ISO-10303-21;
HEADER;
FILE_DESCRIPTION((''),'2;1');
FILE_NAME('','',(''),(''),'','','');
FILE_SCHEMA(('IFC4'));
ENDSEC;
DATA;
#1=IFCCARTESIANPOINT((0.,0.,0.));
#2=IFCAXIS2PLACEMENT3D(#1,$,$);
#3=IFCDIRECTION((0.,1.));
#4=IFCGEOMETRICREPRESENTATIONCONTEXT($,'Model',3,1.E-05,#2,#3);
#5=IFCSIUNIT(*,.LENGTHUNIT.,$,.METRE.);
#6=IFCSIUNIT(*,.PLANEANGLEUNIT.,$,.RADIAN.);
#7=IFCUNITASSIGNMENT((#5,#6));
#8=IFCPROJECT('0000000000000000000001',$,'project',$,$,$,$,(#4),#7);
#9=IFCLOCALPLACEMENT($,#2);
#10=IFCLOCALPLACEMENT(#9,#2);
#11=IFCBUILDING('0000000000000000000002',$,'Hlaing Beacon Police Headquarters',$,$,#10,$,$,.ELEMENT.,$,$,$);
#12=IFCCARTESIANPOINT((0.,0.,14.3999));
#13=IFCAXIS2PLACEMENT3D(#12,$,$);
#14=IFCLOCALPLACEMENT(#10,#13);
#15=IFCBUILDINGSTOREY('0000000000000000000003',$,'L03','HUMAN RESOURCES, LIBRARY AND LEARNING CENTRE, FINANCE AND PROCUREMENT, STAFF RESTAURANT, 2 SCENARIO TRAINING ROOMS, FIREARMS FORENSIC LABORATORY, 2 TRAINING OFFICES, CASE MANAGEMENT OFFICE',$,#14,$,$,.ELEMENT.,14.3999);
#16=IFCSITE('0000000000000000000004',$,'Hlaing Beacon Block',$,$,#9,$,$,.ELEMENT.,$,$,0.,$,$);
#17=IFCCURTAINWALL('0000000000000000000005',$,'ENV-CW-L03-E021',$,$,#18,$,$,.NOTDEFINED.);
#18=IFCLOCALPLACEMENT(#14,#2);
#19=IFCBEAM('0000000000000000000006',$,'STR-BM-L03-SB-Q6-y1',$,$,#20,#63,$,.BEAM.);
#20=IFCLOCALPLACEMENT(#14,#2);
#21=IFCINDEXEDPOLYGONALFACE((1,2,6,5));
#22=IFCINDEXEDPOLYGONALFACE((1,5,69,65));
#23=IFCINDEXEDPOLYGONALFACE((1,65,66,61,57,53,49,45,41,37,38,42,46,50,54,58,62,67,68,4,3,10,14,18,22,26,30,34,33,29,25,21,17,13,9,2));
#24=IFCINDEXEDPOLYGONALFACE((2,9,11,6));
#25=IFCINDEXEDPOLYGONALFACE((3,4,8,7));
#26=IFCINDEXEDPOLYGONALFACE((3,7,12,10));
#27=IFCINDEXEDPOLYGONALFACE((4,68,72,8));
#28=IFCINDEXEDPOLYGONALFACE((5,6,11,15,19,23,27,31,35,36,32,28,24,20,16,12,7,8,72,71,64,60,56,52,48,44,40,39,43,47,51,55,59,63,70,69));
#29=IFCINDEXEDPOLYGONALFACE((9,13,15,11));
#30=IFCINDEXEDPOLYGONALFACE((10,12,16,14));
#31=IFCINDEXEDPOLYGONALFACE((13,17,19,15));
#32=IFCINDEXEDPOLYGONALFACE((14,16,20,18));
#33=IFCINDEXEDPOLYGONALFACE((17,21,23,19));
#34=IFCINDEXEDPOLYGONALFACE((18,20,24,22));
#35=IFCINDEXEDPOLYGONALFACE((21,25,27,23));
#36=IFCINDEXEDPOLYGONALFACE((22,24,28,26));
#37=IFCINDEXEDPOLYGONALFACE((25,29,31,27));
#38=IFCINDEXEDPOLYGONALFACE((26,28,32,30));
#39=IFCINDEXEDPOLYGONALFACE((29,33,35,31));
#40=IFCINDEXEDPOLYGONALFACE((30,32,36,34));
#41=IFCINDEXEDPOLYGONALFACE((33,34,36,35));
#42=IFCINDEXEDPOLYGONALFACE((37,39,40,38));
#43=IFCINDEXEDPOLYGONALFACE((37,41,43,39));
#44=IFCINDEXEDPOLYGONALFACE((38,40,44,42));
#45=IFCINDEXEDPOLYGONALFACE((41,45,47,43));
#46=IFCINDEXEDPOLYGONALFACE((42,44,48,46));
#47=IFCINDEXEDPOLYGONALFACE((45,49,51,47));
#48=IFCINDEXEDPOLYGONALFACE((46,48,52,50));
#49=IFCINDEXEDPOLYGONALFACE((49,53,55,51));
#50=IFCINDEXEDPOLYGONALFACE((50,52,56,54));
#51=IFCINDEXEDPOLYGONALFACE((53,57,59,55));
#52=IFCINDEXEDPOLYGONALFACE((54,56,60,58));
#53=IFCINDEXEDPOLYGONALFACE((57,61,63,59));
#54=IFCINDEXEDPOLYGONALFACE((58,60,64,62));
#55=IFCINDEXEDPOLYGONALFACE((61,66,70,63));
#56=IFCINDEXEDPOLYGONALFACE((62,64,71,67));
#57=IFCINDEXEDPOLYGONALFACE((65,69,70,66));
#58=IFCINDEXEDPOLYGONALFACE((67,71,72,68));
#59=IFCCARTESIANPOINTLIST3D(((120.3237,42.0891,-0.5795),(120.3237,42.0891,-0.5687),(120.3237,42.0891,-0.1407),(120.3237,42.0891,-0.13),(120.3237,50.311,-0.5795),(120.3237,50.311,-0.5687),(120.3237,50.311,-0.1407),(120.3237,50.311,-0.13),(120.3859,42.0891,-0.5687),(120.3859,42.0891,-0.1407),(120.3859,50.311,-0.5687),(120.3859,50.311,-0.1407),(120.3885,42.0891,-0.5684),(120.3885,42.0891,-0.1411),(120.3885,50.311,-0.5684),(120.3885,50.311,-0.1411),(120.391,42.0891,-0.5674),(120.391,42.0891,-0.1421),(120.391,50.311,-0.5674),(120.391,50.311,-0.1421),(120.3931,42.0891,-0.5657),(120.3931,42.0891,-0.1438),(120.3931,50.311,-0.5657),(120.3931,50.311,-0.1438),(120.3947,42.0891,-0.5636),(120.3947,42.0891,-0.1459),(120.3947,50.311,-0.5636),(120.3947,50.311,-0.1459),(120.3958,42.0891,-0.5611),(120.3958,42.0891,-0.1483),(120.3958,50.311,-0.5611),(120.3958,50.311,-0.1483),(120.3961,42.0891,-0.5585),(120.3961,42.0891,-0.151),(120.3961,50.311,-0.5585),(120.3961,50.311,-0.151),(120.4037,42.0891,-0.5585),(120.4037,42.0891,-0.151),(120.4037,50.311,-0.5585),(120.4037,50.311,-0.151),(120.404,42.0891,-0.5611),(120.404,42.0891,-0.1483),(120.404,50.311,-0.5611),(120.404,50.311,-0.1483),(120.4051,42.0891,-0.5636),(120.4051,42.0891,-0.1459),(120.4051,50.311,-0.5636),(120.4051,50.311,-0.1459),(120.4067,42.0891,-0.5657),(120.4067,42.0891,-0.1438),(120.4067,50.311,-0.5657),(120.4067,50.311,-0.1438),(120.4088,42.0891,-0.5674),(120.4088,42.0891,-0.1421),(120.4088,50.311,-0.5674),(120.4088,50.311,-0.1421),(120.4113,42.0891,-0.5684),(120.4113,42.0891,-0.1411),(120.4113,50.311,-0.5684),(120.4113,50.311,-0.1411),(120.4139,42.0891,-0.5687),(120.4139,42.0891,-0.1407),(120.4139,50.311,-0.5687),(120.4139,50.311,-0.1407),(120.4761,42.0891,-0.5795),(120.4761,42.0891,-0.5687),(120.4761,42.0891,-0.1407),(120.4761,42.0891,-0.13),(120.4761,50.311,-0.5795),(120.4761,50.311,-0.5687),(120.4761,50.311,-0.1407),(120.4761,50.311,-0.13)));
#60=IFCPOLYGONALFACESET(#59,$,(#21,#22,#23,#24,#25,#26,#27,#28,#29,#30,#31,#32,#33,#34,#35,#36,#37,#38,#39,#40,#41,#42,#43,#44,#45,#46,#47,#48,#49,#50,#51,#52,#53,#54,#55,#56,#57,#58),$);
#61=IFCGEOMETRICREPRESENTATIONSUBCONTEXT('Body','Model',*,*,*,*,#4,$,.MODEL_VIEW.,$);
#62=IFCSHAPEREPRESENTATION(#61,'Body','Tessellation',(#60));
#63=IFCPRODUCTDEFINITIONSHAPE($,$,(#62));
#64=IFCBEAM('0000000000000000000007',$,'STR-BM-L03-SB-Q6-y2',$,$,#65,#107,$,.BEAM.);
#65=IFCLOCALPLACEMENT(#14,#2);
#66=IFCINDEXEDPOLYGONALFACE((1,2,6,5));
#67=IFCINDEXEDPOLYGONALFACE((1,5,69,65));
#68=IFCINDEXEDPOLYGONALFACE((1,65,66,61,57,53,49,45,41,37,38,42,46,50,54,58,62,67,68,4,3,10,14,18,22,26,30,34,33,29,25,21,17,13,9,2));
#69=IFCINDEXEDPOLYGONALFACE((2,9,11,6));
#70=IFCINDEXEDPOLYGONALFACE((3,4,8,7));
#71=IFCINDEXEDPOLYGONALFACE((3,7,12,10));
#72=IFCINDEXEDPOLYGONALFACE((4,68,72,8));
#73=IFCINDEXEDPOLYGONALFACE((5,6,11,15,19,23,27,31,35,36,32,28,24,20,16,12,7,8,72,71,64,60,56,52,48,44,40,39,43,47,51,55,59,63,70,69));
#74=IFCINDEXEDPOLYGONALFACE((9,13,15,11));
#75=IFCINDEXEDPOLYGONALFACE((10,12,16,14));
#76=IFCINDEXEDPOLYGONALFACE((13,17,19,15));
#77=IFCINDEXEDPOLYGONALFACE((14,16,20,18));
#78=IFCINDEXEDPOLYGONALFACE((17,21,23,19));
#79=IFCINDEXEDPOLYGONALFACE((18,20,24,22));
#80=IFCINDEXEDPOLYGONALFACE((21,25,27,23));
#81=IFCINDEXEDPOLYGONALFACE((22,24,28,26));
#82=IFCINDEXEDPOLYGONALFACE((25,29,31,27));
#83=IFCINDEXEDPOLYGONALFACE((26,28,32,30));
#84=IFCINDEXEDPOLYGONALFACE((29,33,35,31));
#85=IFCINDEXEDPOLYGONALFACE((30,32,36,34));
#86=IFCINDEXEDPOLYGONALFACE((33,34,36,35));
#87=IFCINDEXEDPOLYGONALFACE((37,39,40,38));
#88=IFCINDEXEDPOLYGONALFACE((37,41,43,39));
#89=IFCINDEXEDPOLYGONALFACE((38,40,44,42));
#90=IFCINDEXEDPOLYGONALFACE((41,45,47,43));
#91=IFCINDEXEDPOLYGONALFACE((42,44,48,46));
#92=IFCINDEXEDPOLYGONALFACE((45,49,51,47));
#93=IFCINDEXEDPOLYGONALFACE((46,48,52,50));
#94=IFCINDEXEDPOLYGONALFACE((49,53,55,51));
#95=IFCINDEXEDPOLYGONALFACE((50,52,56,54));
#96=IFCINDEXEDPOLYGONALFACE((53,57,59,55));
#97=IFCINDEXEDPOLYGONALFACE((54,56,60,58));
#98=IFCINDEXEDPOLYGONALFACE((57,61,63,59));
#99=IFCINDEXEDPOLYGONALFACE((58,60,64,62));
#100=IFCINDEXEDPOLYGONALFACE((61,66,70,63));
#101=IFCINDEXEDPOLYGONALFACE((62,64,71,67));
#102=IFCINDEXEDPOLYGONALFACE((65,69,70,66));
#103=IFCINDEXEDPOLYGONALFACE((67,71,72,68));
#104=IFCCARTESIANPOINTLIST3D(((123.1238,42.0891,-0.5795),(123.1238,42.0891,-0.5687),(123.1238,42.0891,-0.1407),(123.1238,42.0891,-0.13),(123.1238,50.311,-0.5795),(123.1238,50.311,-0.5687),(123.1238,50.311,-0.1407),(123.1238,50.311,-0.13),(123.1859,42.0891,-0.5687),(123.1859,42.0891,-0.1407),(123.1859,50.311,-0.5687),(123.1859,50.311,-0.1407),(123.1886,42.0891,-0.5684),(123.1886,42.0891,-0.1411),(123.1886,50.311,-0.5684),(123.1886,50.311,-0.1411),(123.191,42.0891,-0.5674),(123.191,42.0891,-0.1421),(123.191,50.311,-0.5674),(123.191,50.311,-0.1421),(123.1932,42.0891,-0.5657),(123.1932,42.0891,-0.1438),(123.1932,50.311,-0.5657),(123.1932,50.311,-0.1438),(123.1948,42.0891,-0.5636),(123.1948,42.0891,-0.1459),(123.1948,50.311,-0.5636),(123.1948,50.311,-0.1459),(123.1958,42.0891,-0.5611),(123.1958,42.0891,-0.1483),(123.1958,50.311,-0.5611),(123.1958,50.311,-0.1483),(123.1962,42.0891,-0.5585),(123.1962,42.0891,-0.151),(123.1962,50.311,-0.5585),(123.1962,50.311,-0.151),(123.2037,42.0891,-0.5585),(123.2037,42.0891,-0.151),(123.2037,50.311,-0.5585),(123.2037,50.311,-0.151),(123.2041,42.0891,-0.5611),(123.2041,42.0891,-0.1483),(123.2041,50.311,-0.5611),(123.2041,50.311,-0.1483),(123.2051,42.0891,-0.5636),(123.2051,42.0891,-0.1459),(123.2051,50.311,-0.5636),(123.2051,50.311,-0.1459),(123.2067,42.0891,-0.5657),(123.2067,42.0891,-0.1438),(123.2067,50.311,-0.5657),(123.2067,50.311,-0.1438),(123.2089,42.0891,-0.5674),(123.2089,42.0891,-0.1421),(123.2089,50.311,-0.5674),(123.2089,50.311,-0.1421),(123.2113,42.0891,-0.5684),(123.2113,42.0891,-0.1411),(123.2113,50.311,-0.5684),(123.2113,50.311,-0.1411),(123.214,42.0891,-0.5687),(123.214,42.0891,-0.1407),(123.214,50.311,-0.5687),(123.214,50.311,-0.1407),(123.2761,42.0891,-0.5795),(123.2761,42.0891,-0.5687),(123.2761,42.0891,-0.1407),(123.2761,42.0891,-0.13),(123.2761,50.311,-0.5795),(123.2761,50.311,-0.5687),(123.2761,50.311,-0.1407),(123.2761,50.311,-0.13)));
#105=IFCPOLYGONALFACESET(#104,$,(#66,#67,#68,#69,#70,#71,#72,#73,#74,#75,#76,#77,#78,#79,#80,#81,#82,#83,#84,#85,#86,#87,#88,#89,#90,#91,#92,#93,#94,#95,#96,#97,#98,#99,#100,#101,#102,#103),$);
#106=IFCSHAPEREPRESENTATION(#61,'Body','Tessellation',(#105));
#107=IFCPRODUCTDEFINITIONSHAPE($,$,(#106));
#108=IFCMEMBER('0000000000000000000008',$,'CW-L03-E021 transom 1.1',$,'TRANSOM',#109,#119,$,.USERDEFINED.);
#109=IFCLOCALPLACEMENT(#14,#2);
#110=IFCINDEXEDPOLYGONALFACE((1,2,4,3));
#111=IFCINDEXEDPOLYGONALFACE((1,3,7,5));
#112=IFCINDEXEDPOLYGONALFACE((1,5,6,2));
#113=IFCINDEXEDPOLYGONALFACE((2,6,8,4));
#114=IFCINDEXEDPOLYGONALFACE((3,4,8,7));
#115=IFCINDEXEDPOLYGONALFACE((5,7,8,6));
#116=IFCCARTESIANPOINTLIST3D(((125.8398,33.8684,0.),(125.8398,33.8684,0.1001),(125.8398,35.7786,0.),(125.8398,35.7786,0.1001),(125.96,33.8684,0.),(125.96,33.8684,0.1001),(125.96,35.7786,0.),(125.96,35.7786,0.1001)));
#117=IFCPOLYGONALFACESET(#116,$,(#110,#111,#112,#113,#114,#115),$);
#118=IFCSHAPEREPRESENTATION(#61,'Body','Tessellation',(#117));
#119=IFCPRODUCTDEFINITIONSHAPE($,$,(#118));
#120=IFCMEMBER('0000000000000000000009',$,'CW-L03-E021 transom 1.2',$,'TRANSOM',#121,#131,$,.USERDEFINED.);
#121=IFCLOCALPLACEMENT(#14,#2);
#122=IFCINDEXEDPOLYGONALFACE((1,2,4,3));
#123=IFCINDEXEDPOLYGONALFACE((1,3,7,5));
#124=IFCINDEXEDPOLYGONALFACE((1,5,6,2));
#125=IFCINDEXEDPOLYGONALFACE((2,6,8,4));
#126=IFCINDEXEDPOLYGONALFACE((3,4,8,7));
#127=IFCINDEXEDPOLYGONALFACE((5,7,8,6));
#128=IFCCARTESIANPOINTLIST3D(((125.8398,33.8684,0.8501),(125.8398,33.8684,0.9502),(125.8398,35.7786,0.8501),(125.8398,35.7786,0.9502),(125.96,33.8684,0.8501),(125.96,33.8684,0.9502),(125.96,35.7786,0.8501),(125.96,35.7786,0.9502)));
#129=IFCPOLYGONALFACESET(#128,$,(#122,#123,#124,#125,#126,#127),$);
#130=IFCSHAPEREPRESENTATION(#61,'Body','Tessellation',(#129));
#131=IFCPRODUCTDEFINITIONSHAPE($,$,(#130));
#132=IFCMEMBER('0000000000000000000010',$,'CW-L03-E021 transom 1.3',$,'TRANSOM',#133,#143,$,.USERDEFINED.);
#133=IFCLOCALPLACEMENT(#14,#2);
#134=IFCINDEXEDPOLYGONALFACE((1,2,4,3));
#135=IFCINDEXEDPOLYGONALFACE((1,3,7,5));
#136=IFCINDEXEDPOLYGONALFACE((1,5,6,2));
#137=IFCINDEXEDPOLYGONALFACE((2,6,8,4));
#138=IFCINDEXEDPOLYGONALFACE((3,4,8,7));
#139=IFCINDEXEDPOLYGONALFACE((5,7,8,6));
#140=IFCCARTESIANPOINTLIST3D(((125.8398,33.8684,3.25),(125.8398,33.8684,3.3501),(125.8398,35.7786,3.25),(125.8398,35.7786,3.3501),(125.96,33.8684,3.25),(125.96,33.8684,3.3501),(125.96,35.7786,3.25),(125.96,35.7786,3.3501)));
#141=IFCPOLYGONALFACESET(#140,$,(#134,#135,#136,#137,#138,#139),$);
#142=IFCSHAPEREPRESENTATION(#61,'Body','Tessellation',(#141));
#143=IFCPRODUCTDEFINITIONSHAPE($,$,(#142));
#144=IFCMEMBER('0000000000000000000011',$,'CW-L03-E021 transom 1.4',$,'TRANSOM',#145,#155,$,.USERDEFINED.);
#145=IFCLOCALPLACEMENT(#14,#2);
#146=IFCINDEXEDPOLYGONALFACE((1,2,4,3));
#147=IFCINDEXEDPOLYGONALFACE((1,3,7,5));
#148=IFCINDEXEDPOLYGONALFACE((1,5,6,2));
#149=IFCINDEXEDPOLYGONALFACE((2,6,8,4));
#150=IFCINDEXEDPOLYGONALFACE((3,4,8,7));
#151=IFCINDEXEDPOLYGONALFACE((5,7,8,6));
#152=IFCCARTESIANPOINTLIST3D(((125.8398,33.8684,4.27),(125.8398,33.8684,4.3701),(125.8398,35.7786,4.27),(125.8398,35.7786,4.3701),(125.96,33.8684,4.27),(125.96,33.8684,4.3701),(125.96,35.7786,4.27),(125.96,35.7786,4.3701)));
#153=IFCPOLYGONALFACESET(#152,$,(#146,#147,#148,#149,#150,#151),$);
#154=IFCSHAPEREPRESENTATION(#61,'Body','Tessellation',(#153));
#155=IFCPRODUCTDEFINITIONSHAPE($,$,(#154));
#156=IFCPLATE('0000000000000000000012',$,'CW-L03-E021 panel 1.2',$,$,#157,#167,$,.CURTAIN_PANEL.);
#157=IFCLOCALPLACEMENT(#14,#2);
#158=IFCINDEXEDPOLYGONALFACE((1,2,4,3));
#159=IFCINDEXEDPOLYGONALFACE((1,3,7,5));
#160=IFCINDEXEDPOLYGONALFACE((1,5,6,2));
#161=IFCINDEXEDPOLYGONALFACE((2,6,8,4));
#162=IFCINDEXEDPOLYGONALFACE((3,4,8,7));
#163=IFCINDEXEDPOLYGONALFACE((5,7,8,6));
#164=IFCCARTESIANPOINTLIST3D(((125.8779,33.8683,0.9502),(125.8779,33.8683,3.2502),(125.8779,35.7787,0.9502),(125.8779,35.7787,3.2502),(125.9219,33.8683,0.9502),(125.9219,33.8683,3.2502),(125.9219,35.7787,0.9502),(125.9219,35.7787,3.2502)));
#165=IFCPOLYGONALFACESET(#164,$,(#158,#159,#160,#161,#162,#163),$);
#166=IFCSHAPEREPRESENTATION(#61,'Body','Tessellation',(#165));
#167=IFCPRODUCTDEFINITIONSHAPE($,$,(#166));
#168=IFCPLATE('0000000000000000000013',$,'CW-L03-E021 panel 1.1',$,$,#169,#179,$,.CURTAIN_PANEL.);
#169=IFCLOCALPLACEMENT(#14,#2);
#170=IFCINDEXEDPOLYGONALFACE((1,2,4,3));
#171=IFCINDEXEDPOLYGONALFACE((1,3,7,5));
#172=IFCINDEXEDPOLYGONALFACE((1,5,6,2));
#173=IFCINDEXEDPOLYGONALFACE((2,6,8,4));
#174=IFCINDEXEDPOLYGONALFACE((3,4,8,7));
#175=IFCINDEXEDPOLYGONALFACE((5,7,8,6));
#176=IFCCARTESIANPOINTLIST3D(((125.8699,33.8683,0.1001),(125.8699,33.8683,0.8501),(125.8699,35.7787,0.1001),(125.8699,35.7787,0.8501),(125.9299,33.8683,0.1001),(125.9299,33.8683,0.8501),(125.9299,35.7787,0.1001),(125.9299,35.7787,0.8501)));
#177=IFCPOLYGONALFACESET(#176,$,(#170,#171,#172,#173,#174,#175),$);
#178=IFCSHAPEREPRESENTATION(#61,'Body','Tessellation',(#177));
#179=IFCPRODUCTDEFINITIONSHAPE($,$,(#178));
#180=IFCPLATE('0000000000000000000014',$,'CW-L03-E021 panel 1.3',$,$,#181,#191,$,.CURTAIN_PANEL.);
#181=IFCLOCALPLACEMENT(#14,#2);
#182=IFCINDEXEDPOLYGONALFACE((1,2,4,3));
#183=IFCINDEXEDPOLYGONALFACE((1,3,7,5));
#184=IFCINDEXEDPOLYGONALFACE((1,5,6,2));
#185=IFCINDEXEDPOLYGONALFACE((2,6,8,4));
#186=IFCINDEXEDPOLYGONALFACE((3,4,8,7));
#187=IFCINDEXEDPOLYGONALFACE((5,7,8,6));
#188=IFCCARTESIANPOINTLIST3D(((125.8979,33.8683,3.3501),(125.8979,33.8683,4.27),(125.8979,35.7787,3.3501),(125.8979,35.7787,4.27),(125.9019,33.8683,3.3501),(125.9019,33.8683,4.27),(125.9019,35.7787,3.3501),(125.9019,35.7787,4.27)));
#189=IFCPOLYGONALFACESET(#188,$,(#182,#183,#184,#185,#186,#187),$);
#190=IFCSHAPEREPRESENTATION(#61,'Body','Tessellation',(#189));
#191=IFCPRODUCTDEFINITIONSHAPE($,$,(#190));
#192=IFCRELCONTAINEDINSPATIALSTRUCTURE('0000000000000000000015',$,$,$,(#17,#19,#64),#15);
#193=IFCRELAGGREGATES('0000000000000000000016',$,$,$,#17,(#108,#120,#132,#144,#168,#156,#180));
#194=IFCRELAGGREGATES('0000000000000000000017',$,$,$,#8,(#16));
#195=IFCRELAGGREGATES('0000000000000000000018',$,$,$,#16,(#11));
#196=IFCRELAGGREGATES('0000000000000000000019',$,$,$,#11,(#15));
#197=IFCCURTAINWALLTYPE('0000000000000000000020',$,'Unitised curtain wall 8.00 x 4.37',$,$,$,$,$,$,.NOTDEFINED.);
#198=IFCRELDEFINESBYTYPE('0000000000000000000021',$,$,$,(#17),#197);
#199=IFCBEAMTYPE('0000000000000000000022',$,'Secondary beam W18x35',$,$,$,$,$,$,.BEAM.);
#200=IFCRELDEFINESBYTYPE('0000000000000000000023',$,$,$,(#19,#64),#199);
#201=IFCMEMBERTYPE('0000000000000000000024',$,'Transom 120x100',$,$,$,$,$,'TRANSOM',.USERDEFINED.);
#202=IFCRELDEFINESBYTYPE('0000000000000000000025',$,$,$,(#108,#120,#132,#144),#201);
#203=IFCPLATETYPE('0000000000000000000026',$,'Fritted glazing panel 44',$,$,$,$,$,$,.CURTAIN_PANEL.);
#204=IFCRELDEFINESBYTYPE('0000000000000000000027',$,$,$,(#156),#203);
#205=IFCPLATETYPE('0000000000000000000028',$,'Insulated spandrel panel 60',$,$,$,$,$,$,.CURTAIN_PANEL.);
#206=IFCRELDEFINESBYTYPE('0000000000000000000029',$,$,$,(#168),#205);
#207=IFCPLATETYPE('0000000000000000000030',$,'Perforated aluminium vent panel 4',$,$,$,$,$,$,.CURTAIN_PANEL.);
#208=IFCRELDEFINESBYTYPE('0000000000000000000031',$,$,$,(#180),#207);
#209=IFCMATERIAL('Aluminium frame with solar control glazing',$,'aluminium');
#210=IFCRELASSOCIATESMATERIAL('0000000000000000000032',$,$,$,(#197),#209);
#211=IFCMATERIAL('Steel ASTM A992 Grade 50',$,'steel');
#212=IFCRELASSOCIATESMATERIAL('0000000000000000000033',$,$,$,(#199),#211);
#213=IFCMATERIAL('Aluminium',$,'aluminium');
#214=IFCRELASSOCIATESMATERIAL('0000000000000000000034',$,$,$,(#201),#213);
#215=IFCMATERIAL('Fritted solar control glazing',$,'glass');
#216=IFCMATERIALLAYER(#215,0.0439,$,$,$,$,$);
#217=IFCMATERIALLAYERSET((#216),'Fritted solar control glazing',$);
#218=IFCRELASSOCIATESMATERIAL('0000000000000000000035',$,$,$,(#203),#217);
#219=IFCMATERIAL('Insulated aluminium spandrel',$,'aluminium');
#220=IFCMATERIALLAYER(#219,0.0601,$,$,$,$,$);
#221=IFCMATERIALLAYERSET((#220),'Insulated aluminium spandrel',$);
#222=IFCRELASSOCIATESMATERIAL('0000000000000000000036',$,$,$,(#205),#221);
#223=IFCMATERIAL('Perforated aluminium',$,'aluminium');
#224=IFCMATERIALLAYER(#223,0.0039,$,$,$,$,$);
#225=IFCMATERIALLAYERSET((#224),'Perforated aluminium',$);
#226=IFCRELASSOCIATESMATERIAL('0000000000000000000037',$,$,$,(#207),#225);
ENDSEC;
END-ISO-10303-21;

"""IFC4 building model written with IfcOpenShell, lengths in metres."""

from ifc_helpers import new_model, si_unit, direction, frame, origin, origin_2d, place, context, subcontext, project, spatial, rectangle, i_section, extrude, material, layer, layer_set, material_profile, profile_set, type_object, element, aggregate, save


model = new_model("IFC4")

# Units and contexts
model_context = context("Model", 3, precision=1e-05, world=origin(), true_north=direction((0.0, 1.0)))
body_context = subcontext(model_context, "Body", "Model", "MODEL_VIEW")
ifc_project = project(units=[si_unit("LENGTHUNIT", "METRE"), si_unit("PLANEANGLEUNIT", "RADIAN")], contexts=[model_context])

# Site, building, storey
site_placement = place(None, origin())
site = spatial("IfcSite", under=ifc_project, at=site_placement, Name="Hlaing Beacon Block", CompositionType="ELEMENT", RefElevation=0.0)
building_placement = place(site_placement, origin())
building = spatial("IfcBuilding", under=site, at=building_placement, Name="Hlaing Beacon Police Headquarters", CompositionType="ELEMENT")
storey_placement = place(building_placement, frame((0.0, 0.0, 14.3999)))
storey = spatial("IfcBuildingStorey", under=building, at=storey_placement, Name="L03", Description="HUMAN RESOURCES, LIBRARY AND LEARNING CENTRE, FINANCE AND PROCUREMENT, STAFF RESTAURANT, 2 SCENARIO TRAINING ROOMS, FIREARMS FORENSIC LABORATORY, 2 TRAINING OFFICES, CASE MANAGEMENT OFFICE", CompositionType="ELEMENT", Elevation=14.3999)

# Curtain wall
ifc_material_1 = material(Name="Aluminium frame with solar control glazing", Category="aluminium")
curtain_wall_type = type_object("IfcCurtainWallType", Name="Unitised curtain wall 8.00 x 4.37", PredefinedType="NOTDEFINED", material=ifc_material_1)
curtain_wall_placement = place(storey_placement, origin())
curtain_wall = element("IfcCurtainWall", 1, at=curtain_wall_placement, inside=storey, type_object=curtain_wall_type, Name="ENV-CW-L03-E021", PredefinedType="NOTDEFINED")

# Beams
ifc_material_2 = material(Name="Steel ASTM A992 Grade 50", Category="steel")
ifc_material_profile_1 = material_profile(ifc_material_2, i_section(OverallWidth=0.1523, OverallDepth=0.4495, WebThickness=0.0076, FlangeThickness=0.0107, FilletRadius=0.0103, at=origin_2d()), Name="W18x35")
ifc_profile_set_1 = profile_set([ifc_material_profile_1], Name="Steel ASTM A992 Grade 50")
beam_type_1 = type_object("IfcBeamType", Name="Secondary beam W18x35", PredefinedType="BEAM", material=ifc_profile_set_1)
for number, where, z_axis, x_axis, name in (
    (2, (120.3999, 42.0891, -0.3547), (0.0, 1.0, 0.0), (-1.0, 0.0, 0.0), "STR-BM-L03-SB-Q6-y1"),
    (3, (123.2, 42.0891, -0.3547), (0.0, 1.0, 0.0), (-1.0, 0.0, 0.0), "STR-BM-L03-SB-Q6-y2"),
):
    element("IfcBeam", number, at=place(storey_placement, frame(where, z_axis=z_axis, x_axis=x_axis)), inside=storey, type_object=beam_type_1, Name=name, PredefinedType="BEAM", context=body_context, shape_type="SweptSolid", body=[
        extrude(i_section(OverallWidth=0.1523, OverallDepth=0.4495, WebThickness=0.0076, FlangeThickness=0.0107, FilletRadius=0.0103, at=origin_2d()), origin(), (0.0, 0.0, 1.0), 8.2219),
    ])

# Members
ifc_material_3 = material(Name="Aluminium", Category="aluminium")
ifc_material_profile_2 = material_profile(ifc_material_3, rectangle(XDim=0.1201, YDim=0.1001, at=origin_2d()), Name="Transom 120x100")
ifc_profile_set_2 = profile_set([ifc_material_profile_2], Name="Aluminium")
member_type_1 = type_object("IfcMemberType", Name="Transom 120x100", ElementType="TRANSOM", PredefinedType="USERDEFINED", material=ifc_profile_set_2)
member_1_placement = place(storey_placement, frame((125.8999, 33.8684, 0.05), z_axis=(0.0, 1.0, 0.0), x_axis=(-1.0, 0.0, 0.0)))
member_1 = element("IfcMember", 4, at=member_1_placement, type_object=member_type_1, Name="CW-L03-E021 transom 1.1", ObjectType="TRANSOM", PredefinedType="USERDEFINED", context=body_context, shape_type="SweptSolid", body=[
    extrude(rectangle(XDim=0.1201, YDim=0.1001, at=origin_2d()), origin(), (0.0, 0.0, 1.0), 1.9102),
])
member_2_placement = place(storey_placement, frame((125.8999, 33.8684, 0.9001), z_axis=(0.0, 1.0, 0.0), x_axis=(-1.0, 0.0, 0.0)))
member_2 = element("IfcMember", 5, at=member_2_placement, type_object=member_type_1, Name="CW-L03-E021 transom 1.2", ObjectType="TRANSOM", PredefinedType="USERDEFINED", context=body_context, shape_type="SweptSolid", body=[
    extrude(rectangle(XDim=0.1201, YDim=0.1001, at=origin_2d()), origin(), (0.0, 0.0, 1.0), 1.9102),
])
member_3_placement = place(storey_placement, frame((125.8999, 33.8684, 3.3), z_axis=(0.0, 1.0, 0.0), x_axis=(-1.0, 0.0, 0.0)))
member_3 = element("IfcMember", 6, at=member_3_placement, type_object=member_type_1, Name="CW-L03-E021 transom 1.3", ObjectType="TRANSOM", PredefinedType="USERDEFINED", context=body_context, shape_type="SweptSolid", body=[
    extrude(rectangle(XDim=0.1201, YDim=0.1001, at=origin_2d()), origin(), (0.0, 0.0, 1.0), 1.9102),
])
member_4_placement = place(storey_placement, frame((125.8999, 33.8684, 4.3201), z_axis=(0.0, 1.0, 0.0), x_axis=(-1.0, 0.0, 0.0)))
member_4 = element("IfcMember", 7, at=member_4_placement, type_object=member_type_1, Name="CW-L03-E021 transom 1.4", ObjectType="TRANSOM", PredefinedType="USERDEFINED", context=body_context, shape_type="SweptSolid", body=[
    extrude(rectangle(XDim=0.1201, YDim=0.1001, at=origin_2d()), origin(), (0.0, 0.0, 1.0), 1.9102),
])

# Plates
ifc_material_4 = material(Name="Fritted solar control glazing", Category="glass")
ifc_layer_1 = layer(ifc_material_4, 0.0439)
ifc_layer_set_1 = layer_set([ifc_layer_1], Name="Fritted solar control glazing")
plate_type_1 = type_object("IfcPlateType", Name="Fritted glazing panel 44", PredefinedType="CURTAIN_PANEL", material=ifc_layer_set_1)
plate_1_placement = place(storey_placement, frame((125.8999, 34.8235, 0.9502), z_axis=(0.0, 0.0, 1.0), x_axis=(0.0, 1.0, 0.0)))
plate_1 = element("IfcPlate", 8, at=plate_1_placement, type_object=plate_type_1, Name="CW-L03-E021 panel 1.2", PredefinedType="CURTAIN_PANEL", context=body_context, shape_type="SweptSolid", body=[
    extrude(rectangle(XDim=1.9104, YDim=0.0439, at=origin_2d()), origin(), (0.0, 0.0, 1.0), 2.3),
])
ifc_material_5 = material(Name="Insulated aluminium spandrel", Category="aluminium")
ifc_layer_2 = layer(ifc_material_5, 0.0601)
ifc_layer_set_2 = layer_set([ifc_layer_2], Name="Insulated aluminium spandrel")
plate_type_2 = type_object("IfcPlateType", Name="Insulated spandrel panel 60", PredefinedType="CURTAIN_PANEL", material=ifc_layer_set_2)
plate_2_placement = place(storey_placement, frame((125.8999, 34.8235, 0.1001), z_axis=(0.0, 0.0, 1.0), x_axis=(0.0, 1.0, 0.0)))
plate_2 = element("IfcPlate", 9, at=plate_2_placement, type_object=plate_type_2, Name="CW-L03-E021 panel 1.1", PredefinedType="CURTAIN_PANEL", context=body_context, shape_type="SweptSolid", body=[
    extrude(rectangle(XDim=1.9104, YDim=0.0601, at=origin_2d()), origin(), (0.0, 0.0, 1.0), 0.75),
])
ifc_material_6 = material(Name="Perforated aluminium", Category="aluminium")
ifc_layer_3 = layer(ifc_material_6, 0.0039)
ifc_layer_set_3 = layer_set([ifc_layer_3], Name="Perforated aluminium")
plate_type_3 = type_object("IfcPlateType", Name="Perforated aluminium vent panel 4", PredefinedType="CURTAIN_PANEL", material=ifc_layer_set_3)
plate_3_placement = place(storey_placement, frame((125.8999, 34.8235, 3.3501), z_axis=(0.0, 0.0, 1.0), x_axis=(0.0, 1.0, 0.0)))
plate_3 = element("IfcPlate", 10, at=plate_3_placement, type_object=plate_type_3, Name="CW-L03-E021 panel 1.3", PredefinedType="CURTAIN_PANEL", context=body_context, shape_type="SweptSolid", body=[
    extrude(rectangle(XDim=1.9104, YDim=0.0039, at=origin_2d()), origin(), (0.0, 0.0, 1.0), 0.9199),
])
aggregate(curtain_wall, [member_1, member_2, member_3, member_4, plate_2, plate_1, plate_3])

save(model, "model.ifc")
